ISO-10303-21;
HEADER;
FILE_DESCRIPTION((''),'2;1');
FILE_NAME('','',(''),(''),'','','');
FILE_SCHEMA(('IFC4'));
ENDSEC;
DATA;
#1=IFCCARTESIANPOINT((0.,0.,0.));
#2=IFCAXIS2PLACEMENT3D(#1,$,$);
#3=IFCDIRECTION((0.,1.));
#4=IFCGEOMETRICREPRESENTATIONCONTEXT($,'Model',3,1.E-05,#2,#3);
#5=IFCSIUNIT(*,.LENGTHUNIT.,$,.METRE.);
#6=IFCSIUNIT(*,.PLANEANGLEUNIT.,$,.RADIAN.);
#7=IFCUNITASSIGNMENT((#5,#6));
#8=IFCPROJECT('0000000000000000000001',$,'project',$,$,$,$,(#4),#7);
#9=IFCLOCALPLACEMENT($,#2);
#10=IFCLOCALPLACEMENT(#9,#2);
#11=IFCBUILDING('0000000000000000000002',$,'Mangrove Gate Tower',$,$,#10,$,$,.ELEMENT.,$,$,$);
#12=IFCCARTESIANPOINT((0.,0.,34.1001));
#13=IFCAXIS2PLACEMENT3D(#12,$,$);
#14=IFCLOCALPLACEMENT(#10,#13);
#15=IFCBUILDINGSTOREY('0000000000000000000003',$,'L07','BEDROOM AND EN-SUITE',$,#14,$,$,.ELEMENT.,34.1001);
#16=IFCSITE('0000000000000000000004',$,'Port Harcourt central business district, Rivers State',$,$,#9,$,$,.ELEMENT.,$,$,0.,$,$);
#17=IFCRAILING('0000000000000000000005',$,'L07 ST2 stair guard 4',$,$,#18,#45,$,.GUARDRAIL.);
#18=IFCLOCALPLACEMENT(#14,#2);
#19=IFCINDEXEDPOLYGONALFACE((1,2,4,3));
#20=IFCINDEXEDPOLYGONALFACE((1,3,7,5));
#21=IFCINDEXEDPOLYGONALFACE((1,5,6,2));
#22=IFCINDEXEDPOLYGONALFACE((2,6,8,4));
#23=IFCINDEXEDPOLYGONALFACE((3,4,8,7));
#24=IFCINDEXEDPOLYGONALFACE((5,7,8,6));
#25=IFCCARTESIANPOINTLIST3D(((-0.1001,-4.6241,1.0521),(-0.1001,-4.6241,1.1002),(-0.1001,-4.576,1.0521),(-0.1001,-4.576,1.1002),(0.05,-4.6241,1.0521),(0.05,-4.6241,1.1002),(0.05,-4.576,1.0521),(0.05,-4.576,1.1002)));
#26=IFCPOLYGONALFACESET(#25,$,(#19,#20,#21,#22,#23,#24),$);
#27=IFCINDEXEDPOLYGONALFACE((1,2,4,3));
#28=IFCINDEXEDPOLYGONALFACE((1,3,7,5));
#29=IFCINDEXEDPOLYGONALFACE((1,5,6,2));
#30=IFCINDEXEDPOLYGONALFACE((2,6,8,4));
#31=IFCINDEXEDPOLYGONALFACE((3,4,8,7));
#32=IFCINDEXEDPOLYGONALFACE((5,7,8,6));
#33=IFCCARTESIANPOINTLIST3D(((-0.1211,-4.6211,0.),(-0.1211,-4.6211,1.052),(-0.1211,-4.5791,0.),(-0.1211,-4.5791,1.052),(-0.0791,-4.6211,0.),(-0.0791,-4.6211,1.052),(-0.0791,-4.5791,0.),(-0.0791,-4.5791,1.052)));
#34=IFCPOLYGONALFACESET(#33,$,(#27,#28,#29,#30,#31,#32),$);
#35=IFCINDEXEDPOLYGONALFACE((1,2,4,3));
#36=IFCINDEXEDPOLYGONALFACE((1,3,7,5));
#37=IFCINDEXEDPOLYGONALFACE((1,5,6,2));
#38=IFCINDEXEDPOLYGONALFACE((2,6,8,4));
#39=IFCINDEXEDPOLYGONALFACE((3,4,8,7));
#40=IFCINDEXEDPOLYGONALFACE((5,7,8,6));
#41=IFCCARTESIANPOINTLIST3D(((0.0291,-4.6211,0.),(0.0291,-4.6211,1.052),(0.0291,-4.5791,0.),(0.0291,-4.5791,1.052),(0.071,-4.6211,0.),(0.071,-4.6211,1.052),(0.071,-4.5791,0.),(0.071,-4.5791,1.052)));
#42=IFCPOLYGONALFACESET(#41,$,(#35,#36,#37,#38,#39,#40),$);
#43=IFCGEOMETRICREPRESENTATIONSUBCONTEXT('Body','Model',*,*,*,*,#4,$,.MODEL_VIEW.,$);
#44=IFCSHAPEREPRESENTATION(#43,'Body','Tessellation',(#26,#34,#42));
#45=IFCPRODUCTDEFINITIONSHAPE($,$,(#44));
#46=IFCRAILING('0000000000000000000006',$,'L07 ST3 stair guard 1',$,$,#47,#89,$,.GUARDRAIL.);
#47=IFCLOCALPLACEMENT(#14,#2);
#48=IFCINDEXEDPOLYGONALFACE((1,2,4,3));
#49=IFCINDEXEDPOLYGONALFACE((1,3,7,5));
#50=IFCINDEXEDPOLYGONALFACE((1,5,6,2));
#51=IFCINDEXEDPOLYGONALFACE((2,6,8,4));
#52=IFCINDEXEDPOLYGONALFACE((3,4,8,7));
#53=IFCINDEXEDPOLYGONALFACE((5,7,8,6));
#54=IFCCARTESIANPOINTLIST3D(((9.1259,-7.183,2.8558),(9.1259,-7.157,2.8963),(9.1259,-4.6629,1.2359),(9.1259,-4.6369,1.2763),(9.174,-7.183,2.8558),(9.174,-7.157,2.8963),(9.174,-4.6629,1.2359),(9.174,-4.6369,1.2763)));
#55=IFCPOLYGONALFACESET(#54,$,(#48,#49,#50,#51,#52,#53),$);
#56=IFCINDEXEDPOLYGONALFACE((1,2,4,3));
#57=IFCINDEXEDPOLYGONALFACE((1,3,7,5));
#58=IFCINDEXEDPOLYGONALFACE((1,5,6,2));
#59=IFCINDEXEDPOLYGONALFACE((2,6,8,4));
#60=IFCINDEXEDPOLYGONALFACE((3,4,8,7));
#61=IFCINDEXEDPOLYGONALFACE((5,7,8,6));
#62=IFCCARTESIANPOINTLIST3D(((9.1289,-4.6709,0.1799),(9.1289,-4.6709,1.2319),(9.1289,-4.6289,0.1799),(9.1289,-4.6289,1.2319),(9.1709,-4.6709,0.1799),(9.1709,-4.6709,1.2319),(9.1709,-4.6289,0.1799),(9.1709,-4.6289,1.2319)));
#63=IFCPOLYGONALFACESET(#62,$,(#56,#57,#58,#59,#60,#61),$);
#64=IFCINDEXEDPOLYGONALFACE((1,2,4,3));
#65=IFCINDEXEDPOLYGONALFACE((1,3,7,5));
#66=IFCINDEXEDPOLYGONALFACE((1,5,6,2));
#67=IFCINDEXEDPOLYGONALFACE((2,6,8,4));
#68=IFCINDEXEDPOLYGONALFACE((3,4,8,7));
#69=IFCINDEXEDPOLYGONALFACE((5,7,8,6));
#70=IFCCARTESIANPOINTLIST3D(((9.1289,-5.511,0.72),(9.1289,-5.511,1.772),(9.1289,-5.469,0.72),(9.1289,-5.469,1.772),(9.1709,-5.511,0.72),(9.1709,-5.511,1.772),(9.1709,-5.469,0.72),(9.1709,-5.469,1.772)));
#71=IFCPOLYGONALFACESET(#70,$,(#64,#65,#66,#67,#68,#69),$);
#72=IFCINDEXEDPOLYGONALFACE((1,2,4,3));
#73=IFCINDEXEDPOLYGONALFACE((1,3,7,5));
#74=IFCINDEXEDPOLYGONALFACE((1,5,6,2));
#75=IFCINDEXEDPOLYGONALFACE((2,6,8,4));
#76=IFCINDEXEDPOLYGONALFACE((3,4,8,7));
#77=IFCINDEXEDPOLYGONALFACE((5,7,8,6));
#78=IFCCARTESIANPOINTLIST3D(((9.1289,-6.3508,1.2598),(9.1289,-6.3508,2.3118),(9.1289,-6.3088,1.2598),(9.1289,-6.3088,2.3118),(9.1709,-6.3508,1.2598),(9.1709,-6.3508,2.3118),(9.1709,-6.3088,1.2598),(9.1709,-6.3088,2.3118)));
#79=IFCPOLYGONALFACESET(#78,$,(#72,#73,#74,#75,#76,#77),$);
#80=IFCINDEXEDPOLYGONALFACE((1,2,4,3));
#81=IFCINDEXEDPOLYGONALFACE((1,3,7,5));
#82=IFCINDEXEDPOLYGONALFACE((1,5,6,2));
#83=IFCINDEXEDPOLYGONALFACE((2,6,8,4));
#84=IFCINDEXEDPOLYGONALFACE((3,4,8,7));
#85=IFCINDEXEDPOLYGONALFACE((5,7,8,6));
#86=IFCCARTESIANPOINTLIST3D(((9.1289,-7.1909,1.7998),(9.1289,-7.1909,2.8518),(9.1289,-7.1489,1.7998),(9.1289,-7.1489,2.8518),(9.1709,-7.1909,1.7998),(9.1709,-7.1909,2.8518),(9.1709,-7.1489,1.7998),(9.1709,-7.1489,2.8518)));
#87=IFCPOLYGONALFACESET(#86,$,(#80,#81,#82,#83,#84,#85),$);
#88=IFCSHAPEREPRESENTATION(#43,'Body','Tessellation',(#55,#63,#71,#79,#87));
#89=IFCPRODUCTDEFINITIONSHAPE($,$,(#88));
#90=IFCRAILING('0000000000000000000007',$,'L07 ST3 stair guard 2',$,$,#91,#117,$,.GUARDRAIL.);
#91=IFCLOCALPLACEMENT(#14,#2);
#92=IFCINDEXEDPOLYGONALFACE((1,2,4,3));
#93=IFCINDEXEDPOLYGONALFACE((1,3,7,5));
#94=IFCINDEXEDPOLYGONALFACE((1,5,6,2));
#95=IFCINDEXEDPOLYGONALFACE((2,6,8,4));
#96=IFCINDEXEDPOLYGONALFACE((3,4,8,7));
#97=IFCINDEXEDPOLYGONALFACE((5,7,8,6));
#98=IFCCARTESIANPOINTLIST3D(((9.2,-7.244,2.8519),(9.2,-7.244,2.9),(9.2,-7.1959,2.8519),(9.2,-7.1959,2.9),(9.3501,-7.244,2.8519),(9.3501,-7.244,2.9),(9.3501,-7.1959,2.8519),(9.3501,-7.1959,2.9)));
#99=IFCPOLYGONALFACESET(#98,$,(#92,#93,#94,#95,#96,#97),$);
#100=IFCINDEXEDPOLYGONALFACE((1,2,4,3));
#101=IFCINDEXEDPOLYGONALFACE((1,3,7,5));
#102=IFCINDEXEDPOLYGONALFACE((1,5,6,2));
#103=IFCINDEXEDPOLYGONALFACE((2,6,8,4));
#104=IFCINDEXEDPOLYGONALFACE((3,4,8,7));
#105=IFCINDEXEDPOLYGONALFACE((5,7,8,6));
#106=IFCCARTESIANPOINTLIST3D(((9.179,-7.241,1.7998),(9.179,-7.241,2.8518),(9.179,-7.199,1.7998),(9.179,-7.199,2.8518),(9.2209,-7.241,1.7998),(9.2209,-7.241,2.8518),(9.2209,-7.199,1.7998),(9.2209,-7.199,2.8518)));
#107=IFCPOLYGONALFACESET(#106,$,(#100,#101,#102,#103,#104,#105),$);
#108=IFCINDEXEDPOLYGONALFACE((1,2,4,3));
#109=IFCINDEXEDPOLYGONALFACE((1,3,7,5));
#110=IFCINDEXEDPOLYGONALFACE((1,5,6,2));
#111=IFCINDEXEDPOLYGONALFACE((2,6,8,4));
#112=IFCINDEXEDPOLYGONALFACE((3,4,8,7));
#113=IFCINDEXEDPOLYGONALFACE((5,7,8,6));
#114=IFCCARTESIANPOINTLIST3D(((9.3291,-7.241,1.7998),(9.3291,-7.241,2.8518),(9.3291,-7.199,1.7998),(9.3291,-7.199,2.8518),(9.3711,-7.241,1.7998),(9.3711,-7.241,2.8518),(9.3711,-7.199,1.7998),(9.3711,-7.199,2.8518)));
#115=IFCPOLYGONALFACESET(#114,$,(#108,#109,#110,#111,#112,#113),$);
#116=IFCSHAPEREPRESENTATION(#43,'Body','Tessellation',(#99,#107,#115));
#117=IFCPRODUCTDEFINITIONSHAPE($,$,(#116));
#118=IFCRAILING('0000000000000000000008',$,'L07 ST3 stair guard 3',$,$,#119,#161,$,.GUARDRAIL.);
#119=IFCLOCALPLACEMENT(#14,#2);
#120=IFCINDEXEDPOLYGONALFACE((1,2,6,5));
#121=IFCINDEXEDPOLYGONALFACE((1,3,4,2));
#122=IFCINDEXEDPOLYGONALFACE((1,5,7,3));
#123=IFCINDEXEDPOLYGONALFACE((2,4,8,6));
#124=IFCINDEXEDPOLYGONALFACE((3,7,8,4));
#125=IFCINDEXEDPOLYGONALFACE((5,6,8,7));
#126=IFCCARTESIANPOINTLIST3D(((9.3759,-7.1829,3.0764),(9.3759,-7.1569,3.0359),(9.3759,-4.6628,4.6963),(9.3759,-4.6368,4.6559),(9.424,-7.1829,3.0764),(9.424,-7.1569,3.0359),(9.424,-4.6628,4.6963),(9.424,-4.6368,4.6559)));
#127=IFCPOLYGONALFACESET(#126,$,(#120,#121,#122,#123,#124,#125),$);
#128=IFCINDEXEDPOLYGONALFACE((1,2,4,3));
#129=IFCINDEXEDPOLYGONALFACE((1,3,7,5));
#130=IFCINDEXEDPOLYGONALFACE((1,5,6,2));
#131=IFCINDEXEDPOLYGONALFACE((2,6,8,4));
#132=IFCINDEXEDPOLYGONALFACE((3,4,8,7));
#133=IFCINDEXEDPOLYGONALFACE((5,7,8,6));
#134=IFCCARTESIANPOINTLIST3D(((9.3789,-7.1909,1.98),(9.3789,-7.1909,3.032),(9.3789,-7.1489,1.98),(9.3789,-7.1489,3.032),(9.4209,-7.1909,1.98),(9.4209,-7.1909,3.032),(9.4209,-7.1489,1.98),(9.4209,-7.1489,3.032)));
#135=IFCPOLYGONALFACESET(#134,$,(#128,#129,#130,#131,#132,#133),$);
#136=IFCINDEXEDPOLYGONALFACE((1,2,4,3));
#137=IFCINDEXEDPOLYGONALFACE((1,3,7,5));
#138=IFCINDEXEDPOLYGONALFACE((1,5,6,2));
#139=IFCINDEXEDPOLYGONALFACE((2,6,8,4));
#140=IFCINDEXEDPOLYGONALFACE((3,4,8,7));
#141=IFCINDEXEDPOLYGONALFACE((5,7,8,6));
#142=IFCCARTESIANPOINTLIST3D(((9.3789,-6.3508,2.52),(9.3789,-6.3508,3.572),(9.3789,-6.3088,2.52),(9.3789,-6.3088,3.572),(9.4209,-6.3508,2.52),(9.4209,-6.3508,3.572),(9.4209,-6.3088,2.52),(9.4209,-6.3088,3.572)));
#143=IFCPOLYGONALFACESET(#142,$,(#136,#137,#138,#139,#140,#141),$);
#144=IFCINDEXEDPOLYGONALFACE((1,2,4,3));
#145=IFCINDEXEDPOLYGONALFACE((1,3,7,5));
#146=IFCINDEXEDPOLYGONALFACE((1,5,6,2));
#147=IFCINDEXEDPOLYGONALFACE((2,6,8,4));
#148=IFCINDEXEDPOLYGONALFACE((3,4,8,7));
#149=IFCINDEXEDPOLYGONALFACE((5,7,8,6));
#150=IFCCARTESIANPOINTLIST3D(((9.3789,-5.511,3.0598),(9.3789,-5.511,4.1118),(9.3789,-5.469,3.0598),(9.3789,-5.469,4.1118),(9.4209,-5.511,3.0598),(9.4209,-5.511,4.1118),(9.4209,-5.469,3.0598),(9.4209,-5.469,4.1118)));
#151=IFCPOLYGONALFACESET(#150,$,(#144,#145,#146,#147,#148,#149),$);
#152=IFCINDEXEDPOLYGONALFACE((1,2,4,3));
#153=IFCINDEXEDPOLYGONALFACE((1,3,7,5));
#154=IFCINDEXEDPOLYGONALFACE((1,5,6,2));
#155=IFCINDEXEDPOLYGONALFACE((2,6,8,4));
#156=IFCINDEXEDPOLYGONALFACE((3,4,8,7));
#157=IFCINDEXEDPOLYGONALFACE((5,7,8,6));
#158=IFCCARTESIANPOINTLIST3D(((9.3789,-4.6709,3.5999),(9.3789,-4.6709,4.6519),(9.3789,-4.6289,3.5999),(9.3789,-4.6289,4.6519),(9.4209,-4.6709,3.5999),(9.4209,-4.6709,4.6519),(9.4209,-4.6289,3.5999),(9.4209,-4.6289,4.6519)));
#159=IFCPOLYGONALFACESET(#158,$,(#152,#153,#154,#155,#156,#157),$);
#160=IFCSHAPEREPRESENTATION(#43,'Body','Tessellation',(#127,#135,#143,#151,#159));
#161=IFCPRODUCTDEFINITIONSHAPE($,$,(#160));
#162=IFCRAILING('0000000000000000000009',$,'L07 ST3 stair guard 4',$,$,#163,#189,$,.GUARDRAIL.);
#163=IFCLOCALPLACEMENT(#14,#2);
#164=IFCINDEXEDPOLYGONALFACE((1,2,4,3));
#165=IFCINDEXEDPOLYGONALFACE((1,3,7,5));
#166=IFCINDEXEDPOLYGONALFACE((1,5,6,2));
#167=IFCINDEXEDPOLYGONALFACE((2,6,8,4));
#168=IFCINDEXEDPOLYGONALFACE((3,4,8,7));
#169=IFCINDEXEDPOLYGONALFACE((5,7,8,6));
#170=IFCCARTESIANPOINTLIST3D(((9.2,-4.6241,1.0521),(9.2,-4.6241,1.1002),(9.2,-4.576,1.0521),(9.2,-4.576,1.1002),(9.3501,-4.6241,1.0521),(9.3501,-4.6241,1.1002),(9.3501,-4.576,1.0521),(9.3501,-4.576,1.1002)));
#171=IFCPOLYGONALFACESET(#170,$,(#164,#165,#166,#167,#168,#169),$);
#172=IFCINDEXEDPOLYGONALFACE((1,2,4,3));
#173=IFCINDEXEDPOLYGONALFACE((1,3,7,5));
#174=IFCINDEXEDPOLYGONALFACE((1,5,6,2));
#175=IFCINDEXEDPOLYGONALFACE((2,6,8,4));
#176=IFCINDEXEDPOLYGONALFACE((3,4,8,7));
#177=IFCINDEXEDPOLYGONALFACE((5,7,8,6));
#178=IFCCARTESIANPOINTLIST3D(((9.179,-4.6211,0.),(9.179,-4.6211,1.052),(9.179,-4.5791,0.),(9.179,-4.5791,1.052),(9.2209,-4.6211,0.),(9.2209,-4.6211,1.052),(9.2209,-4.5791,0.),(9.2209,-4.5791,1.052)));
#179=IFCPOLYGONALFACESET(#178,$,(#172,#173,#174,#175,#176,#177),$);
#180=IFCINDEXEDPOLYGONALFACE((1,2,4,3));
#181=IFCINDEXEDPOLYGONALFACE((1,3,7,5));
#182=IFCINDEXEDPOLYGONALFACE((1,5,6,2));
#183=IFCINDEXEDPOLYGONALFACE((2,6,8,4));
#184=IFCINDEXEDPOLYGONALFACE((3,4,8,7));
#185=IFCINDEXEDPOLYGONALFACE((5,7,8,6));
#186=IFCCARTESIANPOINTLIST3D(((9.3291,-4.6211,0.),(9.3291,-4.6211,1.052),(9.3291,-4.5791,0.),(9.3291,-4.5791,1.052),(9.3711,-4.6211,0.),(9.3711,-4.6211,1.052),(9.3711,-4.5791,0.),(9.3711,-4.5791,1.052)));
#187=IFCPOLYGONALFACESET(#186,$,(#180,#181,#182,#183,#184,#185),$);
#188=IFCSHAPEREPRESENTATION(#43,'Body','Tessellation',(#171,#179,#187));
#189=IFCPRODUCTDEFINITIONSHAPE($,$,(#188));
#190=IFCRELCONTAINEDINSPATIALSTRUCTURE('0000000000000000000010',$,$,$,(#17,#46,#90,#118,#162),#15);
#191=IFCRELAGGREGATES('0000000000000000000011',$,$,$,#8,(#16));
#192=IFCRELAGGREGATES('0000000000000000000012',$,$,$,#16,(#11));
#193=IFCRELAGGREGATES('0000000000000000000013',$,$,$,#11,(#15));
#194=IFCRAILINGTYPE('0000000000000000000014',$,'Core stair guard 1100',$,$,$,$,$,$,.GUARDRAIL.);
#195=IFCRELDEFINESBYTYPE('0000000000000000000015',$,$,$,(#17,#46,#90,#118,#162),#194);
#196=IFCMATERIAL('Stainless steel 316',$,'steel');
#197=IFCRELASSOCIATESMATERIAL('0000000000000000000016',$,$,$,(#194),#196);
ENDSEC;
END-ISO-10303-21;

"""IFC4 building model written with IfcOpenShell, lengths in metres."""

from ifc_helpers import new_model, si_unit, direction, frame, origin, origin_2d, place, context, subcontext, project, spatial, rectangle, extrude, material, type_object, element, save


model = new_model("IFC4")

# Units and contexts
model_context = context("Model", 3, precision=1e-05, world=origin(), true_north=direction((0.0, 1.0)))
body_context = subcontext(model_context, "Body", "Model", "MODEL_VIEW")
ifc_project = project(units=[si_unit("LENGTHUNIT", "METRE"), si_unit("PLANEANGLEUNIT", "RADIAN")], contexts=[model_context])

# Site, building, storey
site_placement = place(None, origin())
site = spatial("IfcSite", under=ifc_project, at=site_placement, Name="Port Harcourt central business district, Rivers State", CompositionType="ELEMENT", RefElevation=0.0)
building_placement = place(site_placement, origin())
building = spatial("IfcBuilding", under=site, at=building_placement, Name="Mangrove Gate Tower", CompositionType="ELEMENT")
storey_placement = place(building_placement, frame((0.0, 0.0, 34.1001)))
storey = spatial("IfcBuildingStorey", under=building, at=storey_placement, Name="L07", Description="BEDROOM AND EN-SUITE", CompositionType="ELEMENT", Elevation=34.1001)

# Railings
ifc_material_1 = material(Name="Stainless steel 316", Category="steel")
railing_type_1 = type_object("IfcRailingType", Name="Core stair guard 1100", PredefinedType="GUARDRAIL", material=ifc_material_1)
railing_1_placement = place(storey_placement, frame((-0.1001, -4.6001, 0.0)))
element("IfcRailing", 1, at=railing_1_placement, inside=storey, type_object=railing_type_1, Name="L07 ST2 stair guard 4", PredefinedType="GUARDRAIL", context=body_context, shape_type="SweptSolid", body=[
    extrude(rectangle(XDim=0.0481, YDim=0.0481, at=origin_2d()), frame((0.0, 0.0, 1.0762), z_axis=(1.0, 0.0, 0.0), x_axis=(0.0, 1.0, 0.0)), (0.0, 0.0, 1.0), 0.1501),
    extrude(rectangle(XDim=0.042, YDim=0.042, at=origin_2d()), origin(), (0.0, 0.0, 1.0), 1.052),
    extrude(rectangle(XDim=0.042, YDim=0.042, at=origin_2d()), frame((0.1501, 0.0, 0.0)), (0.0, 0.0, 1.0), 1.052),
])
railing_2_placement = place(storey_placement, frame((9.1499, -4.6499, 0.1799)))
element("IfcRailing", 2, at=railing_2_placement, inside=storey, type_object=railing_type_1, Name="L07 ST3 stair guard 1", PredefinedType="GUARDRAIL", context=body_context, shape_type="SweptSolid", body=[
    extrude(rectangle(XDim=0.0481, YDim=0.0481, at=origin_2d()), frame((0.0, 0.0, 1.0762), z_axis=(0.0, -0.8412, 0.540725), x_axis=(1.0, 0.0, 0.0)), (0.0, 0.0, 1.0), 2.9958),
    extrude(rectangle(XDim=0.042, YDim=0.042, at=origin_2d()), origin(), (0.0, 0.0, 1.0), 1.052),
    extrude(rectangle(XDim=0.042, YDim=0.042, at=origin_2d()), frame((0.0, -0.8401, 0.54)), (0.0, 0.0, 1.0), 1.052),
    extrude(rectangle(XDim=0.042, YDim=0.042, at=origin_2d()), frame((0.0, -1.6799, 1.0798)), (0.0, 0.0, 1.0), 1.052),
    extrude(rectangle(XDim=0.042, YDim=0.042, at=origin_2d()), frame((0.0, -2.52, 1.6199)), (0.0, 0.0, 1.0), 1.052),
])
railing_3_placement = place(storey_placement, frame((9.2, -7.22, 1.7998)))
element("IfcRailing", 3, at=railing_3_placement, inside=storey, type_object=railing_type_1, Name="L07 ST3 stair guard 2", PredefinedType="GUARDRAIL", context=body_context, shape_type="SweptSolid", body=[
    extrude(rectangle(XDim=0.0481, YDim=0.0481, at=origin_2d()), frame((0.0, 0.0, 1.0762), z_axis=(1.0, 0.0, 0.0), x_axis=(0.0, 1.0, 0.0)), (0.0, 0.0, 1.0), 0.1501),
    extrude(rectangle(XDim=0.042, YDim=0.042, at=origin_2d()), origin(), (0.0, 0.0, 1.0), 1.052),
    extrude(rectangle(XDim=0.042, YDim=0.042, at=origin_2d()), frame((0.1501, 0.0, 0.0)), (0.0, 0.0, 1.0), 1.052),
])
railing_4_placement = place(storey_placement, frame((9.3999, -7.1699, 1.98)))
element("IfcRailing", 4, at=railing_4_placement, inside=storey, type_object=railing_type_1, Name="L07 ST3 stair guard 3", PredefinedType="GUARDRAIL", context=body_context, shape_type="SweptSolid", body=[
    extrude(rectangle(XDim=0.0481, YDim=0.0481, at=origin_2d()), frame((0.0, 0.0, 1.0762), z_axis=(0.0, 0.8412, 0.540725), x_axis=(-1.0, 0.0, 0.0)), (0.0, 0.0, 1.0), 2.9958),
    extrude(rectangle(XDim=0.042, YDim=0.042, at=origin_2d()), origin(), (0.0, 0.0, 1.0), 1.052),
    extrude(rectangle(XDim=0.042, YDim=0.042, at=origin_2d()), frame((0.0, 0.8401, 0.54)), (0.0, 0.0, 1.0), 1.052),
    extrude(rectangle(XDim=0.042, YDim=0.042, at=origin_2d()), frame((0.0, 1.6799, 1.0798)), (0.0, 0.0, 1.0), 1.052),
    extrude(rectangle(XDim=0.042, YDim=0.042, at=origin_2d()), frame((0.0, 2.52, 1.6199)), (0.0, 0.0, 1.0), 1.052),
])
railing_5_placement = place(storey_placement, frame((9.2, -4.6001, 0.0)))
element("IfcRailing", 5, at=railing_5_placement, inside=storey, type_object=railing_type_1, Name="L07 ST3 stair guard 4", PredefinedType="GUARDRAIL", context=body_context, shape_type="SweptSolid", body=[
    extrude(rectangle(XDim=0.0481, YDim=0.0481, at=origin_2d()), frame((0.0, 0.0, 1.0762), z_axis=(1.0, 0.0, 0.0), x_axis=(0.0, 1.0, 0.0)), (0.0, 0.0, 1.0), 0.1501),
    extrude(rectangle(XDim=0.042, YDim=0.042, at=origin_2d()), origin(), (0.0, 0.0, 1.0), 1.052),
    extrude(rectangle(XDim=0.042, YDim=0.042, at=origin_2d()), frame((0.1501, 0.0, 0.0)), (0.0, 0.0, 1.0), 1.052),
])

save(model, "model.ifc")
